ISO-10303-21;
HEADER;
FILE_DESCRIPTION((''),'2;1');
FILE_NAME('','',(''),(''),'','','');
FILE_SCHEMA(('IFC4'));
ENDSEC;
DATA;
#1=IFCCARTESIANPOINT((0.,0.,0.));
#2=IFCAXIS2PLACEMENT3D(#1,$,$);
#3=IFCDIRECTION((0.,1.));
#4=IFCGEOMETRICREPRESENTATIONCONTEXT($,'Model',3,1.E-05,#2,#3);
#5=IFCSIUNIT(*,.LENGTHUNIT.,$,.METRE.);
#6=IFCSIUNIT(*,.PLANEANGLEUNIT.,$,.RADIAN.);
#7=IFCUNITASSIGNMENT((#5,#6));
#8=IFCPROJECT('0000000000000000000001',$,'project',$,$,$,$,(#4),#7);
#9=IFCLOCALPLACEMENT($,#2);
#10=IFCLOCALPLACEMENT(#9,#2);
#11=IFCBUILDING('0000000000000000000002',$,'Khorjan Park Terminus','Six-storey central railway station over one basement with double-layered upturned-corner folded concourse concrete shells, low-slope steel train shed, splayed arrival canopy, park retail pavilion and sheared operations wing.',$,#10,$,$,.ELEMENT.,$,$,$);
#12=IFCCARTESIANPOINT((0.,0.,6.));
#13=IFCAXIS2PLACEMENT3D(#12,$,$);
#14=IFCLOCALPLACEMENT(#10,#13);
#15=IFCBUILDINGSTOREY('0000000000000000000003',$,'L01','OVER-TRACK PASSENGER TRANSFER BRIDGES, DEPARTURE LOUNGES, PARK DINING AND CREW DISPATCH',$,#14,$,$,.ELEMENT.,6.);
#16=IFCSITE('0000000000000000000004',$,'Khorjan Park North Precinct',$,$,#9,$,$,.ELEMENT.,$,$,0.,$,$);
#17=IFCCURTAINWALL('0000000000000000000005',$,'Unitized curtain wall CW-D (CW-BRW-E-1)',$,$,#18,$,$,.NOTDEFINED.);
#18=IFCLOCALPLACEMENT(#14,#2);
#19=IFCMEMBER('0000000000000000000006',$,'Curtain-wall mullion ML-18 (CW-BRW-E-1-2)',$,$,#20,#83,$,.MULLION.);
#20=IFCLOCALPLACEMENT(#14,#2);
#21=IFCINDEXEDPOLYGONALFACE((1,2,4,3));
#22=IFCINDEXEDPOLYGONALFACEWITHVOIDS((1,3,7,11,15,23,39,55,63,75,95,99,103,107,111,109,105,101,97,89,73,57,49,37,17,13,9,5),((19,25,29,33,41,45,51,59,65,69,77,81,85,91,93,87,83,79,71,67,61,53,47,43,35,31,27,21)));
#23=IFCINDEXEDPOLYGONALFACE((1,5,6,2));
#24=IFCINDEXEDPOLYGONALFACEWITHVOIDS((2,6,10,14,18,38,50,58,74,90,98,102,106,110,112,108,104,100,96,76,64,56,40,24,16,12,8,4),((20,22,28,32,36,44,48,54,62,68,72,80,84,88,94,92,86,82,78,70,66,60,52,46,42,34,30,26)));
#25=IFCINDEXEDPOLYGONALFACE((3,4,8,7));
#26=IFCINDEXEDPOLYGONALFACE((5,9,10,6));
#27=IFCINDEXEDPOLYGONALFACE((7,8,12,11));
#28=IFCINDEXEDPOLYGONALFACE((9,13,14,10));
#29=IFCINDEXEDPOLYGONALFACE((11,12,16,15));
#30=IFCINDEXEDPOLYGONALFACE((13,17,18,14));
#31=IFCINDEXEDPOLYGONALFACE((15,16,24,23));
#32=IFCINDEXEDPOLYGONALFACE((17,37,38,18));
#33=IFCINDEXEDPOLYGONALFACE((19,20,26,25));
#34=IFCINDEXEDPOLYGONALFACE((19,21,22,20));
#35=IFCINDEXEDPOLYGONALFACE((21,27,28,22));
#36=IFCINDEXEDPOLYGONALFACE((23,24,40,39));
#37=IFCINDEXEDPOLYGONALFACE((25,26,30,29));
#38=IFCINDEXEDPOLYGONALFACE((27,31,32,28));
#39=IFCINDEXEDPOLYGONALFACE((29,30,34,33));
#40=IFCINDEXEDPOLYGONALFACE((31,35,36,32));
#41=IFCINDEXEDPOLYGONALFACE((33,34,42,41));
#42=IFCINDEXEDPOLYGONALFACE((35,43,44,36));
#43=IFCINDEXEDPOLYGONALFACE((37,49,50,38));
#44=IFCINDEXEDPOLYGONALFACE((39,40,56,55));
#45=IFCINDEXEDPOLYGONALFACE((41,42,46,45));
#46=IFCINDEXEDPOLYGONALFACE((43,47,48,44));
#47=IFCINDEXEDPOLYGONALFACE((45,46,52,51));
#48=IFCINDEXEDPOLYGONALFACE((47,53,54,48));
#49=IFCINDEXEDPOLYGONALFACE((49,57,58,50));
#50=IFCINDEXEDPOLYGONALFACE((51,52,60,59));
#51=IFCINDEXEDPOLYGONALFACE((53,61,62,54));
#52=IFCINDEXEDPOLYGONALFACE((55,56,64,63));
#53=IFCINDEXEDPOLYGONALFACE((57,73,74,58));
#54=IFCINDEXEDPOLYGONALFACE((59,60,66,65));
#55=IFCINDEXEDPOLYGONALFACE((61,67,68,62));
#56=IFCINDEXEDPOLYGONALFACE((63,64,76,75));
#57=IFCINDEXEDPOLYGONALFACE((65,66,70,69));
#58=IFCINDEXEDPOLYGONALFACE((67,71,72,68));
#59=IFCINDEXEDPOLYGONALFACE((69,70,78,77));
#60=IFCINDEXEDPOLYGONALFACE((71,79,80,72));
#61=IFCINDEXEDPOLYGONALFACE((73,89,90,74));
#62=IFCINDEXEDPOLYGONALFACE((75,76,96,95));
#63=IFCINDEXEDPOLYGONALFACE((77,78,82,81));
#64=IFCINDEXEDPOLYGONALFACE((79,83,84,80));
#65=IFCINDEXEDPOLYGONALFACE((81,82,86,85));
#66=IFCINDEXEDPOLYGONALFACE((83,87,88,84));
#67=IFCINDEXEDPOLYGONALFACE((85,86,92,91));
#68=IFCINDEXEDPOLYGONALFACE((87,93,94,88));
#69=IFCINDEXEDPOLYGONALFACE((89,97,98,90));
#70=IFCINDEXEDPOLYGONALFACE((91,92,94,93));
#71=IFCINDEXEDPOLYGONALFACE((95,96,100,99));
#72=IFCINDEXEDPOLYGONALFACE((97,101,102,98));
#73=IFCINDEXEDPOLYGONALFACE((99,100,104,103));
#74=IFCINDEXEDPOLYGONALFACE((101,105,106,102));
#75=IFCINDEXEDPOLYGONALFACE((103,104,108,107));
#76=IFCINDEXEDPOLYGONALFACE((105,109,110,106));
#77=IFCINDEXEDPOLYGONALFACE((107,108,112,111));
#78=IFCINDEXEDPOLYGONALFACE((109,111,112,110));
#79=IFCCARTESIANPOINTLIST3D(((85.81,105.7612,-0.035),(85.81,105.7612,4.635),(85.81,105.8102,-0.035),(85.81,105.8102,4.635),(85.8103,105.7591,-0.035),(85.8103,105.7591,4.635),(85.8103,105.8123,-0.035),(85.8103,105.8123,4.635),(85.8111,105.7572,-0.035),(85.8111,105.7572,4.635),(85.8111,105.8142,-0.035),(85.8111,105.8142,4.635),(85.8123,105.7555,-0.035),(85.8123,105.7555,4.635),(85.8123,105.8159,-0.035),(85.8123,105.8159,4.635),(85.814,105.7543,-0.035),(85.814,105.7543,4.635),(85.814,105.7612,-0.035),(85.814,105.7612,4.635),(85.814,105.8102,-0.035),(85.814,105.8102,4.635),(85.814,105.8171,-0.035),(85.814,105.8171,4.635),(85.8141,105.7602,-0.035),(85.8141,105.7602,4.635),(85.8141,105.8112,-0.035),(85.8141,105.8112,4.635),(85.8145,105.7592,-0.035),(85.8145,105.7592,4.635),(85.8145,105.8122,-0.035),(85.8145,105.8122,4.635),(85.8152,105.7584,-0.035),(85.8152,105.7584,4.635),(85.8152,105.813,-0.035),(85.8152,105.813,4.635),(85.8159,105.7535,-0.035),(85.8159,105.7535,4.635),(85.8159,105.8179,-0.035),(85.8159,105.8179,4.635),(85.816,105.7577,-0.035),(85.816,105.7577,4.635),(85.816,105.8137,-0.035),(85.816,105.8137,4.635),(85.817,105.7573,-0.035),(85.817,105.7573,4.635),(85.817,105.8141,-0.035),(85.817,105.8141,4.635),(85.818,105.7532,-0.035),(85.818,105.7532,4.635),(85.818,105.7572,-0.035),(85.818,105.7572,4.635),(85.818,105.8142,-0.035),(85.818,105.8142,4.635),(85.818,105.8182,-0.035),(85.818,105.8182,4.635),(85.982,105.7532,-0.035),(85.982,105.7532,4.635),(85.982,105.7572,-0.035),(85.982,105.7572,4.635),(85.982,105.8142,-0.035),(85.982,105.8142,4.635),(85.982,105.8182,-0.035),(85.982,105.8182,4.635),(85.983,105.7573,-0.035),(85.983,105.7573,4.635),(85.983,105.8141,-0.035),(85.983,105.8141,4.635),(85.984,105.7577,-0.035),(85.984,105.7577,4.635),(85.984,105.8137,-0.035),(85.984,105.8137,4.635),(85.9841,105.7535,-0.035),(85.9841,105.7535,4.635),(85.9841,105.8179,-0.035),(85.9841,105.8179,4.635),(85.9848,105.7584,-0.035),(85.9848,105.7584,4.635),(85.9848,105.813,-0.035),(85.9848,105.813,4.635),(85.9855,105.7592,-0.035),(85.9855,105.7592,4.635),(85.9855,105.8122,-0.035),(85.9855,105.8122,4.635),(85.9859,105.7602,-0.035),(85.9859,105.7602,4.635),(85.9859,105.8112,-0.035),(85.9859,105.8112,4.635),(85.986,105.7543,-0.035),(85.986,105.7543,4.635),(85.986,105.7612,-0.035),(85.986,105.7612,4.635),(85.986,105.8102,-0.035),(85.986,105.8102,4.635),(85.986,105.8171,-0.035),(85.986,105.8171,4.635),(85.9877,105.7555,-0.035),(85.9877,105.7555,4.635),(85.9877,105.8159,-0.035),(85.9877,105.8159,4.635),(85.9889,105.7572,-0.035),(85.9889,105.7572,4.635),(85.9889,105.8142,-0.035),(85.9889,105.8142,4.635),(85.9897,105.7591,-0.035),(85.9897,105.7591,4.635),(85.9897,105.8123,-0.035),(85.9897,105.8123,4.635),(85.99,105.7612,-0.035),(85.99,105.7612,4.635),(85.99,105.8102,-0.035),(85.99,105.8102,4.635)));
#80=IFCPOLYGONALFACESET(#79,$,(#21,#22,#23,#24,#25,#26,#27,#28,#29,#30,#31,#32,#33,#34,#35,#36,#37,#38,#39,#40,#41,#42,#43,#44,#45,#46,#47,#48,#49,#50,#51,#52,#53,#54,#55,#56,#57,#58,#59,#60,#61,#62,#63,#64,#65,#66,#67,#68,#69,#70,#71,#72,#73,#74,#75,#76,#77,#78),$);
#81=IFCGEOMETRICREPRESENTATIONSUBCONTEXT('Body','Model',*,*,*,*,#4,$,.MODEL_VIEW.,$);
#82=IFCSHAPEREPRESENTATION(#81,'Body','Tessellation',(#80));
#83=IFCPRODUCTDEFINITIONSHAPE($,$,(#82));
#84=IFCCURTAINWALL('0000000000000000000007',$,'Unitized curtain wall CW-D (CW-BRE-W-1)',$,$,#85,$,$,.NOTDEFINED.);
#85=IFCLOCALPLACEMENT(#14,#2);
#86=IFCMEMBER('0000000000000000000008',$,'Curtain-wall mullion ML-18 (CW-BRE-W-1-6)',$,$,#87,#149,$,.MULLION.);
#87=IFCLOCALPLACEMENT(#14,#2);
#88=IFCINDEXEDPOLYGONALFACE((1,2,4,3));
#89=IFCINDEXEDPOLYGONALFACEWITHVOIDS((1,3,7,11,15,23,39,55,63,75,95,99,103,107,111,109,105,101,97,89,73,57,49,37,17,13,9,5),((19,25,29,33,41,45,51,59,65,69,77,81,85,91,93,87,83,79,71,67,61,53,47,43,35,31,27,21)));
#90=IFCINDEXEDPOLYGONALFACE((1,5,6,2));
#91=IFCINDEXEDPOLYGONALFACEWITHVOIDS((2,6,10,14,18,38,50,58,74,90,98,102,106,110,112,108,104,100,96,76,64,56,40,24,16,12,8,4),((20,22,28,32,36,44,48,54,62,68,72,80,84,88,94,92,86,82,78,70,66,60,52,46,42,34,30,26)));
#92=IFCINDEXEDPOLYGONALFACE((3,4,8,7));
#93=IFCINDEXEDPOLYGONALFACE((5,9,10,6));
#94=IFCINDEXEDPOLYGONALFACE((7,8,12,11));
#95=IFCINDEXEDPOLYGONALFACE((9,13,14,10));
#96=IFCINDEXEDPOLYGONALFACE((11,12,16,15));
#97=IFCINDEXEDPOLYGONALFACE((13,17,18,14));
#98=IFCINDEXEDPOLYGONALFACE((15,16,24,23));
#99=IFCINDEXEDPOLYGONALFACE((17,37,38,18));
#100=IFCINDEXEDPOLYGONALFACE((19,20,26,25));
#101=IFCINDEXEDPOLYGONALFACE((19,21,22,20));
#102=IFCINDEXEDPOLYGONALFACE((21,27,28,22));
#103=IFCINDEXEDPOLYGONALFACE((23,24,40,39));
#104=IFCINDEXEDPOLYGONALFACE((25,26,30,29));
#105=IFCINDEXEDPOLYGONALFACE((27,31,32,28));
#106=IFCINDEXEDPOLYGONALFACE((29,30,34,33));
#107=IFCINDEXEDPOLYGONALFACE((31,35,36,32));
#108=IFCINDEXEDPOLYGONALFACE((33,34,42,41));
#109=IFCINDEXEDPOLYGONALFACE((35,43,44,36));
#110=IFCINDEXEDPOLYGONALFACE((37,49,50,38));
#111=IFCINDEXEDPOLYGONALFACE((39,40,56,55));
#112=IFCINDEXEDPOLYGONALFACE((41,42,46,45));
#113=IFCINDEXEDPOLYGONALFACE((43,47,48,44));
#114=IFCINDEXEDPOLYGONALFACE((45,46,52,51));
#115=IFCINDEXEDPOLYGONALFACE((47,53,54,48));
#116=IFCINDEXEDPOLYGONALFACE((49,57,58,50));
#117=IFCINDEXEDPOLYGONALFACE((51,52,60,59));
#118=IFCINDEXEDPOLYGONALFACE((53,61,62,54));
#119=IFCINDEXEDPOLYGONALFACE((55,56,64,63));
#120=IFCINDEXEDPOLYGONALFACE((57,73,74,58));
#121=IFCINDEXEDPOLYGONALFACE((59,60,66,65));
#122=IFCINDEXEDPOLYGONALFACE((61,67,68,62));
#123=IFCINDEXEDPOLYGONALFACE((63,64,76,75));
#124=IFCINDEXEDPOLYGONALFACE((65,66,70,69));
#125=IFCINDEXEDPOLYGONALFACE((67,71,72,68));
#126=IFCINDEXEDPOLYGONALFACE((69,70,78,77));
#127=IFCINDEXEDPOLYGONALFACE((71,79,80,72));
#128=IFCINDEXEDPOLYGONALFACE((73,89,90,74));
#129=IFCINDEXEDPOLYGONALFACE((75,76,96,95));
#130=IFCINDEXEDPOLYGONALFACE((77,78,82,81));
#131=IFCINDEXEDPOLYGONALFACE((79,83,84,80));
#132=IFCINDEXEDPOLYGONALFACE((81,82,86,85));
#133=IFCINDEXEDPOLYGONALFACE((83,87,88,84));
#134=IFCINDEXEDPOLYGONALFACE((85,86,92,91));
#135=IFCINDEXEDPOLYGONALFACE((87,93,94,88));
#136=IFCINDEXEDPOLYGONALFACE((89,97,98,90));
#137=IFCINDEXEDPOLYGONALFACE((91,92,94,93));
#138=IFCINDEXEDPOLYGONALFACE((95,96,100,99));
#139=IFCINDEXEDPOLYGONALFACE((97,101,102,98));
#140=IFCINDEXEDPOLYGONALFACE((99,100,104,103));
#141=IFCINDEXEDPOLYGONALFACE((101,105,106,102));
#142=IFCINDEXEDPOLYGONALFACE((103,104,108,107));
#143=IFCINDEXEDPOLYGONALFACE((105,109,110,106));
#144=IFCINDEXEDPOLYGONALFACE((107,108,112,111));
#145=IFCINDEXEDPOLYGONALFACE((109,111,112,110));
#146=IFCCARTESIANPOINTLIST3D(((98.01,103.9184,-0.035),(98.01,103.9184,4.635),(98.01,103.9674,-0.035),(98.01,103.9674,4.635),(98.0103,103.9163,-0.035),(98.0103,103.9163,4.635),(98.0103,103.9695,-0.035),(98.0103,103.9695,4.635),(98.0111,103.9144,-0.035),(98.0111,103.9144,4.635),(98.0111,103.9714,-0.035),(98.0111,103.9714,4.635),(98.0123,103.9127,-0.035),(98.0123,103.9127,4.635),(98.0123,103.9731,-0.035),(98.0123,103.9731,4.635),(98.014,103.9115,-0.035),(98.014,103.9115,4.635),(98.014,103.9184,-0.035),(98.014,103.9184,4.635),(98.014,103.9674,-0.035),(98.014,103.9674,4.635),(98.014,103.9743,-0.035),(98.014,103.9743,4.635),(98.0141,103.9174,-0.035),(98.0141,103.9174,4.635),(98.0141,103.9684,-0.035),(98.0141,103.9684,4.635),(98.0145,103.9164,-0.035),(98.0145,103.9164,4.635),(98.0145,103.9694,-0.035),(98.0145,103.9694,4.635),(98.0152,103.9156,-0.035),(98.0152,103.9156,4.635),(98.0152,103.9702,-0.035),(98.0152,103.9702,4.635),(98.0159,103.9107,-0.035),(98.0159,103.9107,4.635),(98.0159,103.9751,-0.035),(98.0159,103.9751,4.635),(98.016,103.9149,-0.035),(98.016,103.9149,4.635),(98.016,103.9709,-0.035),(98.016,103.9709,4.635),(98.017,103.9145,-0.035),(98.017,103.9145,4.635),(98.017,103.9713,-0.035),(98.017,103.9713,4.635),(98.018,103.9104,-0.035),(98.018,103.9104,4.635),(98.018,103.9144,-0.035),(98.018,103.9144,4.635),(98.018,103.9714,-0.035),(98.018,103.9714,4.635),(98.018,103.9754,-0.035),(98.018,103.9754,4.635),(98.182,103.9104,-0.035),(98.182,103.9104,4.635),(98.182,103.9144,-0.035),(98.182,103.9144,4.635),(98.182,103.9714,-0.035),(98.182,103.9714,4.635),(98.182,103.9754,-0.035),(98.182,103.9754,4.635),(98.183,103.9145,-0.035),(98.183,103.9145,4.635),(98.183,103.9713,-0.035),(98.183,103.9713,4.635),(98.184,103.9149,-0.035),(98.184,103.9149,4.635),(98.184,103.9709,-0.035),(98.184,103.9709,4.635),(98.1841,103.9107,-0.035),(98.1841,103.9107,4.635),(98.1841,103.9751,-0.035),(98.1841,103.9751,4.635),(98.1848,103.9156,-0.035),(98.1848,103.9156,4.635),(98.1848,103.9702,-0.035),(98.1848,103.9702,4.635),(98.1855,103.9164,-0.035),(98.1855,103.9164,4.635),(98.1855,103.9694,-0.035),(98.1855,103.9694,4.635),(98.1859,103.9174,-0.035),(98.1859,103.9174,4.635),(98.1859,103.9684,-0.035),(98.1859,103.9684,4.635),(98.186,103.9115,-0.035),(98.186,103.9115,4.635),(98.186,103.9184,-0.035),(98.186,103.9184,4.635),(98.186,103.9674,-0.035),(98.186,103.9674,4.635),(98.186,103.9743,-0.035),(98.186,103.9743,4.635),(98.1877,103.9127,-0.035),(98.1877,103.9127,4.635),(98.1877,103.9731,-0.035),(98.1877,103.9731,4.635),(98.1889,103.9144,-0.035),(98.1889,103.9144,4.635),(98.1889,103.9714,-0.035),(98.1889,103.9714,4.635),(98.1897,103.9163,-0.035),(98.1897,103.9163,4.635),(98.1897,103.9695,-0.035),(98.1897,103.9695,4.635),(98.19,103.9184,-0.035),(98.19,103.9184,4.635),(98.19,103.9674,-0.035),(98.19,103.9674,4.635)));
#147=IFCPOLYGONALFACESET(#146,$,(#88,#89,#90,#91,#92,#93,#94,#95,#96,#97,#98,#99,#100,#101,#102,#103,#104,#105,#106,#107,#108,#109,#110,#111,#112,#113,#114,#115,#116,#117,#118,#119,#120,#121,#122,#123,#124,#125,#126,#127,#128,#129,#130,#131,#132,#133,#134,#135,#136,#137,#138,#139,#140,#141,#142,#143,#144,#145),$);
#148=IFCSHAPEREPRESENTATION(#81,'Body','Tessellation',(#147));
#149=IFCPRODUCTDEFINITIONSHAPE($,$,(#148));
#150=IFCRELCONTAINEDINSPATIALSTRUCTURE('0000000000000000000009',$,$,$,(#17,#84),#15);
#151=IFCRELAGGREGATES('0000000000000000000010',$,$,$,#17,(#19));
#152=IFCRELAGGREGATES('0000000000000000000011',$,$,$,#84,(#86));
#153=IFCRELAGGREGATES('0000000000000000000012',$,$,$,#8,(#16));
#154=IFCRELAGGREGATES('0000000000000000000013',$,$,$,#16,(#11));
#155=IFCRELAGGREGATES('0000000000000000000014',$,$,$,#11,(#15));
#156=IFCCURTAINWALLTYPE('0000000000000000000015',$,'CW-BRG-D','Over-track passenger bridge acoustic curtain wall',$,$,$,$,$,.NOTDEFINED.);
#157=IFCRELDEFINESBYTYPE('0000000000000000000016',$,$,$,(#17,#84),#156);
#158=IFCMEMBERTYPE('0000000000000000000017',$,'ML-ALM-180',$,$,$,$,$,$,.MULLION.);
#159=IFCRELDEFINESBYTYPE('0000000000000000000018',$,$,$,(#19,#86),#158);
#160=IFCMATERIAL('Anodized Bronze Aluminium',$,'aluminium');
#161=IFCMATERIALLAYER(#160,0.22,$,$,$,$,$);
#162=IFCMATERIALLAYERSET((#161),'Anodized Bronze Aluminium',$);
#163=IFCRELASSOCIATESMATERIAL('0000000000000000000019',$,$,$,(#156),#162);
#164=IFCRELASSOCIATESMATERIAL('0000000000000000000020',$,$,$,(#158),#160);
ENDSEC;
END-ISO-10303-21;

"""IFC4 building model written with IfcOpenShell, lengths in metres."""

from ifc_helpers import new_model, si_unit, direction, frame, origin, origin_2d, place, context, subcontext, project, spatial, hollow_rectangle, extrude, material, layer, layer_set, material_profile, profile_set, type_object, element, aggregate, save


model = new_model("IFC4")

# Units and contexts
model_context = context("Model", 3, precision=1e-05, world=origin(), true_north=direction((0.0, 1.0)))
body_context = subcontext(model_context, "Body", "Model", "MODEL_VIEW")
ifc_project = project(units=[si_unit("LENGTHUNIT", "METRE"), si_unit("PLANEANGLEUNIT", "RADIAN")], contexts=[model_context])

# Site, building, storey
site_placement = place(None, origin())
site = spatial("IfcSite", under=ifc_project, at=site_placement, Name="Khorjan Park North Precinct", CompositionType="ELEMENT", RefElevation=0.0)
building_placement = place(site_placement, origin())
building = spatial("IfcBuilding", under=site, at=building_placement, Name="Khorjan Park Terminus", Description="Six-storey central railway station over one basement with double-layered upturned-corner folded concourse concrete shells, low-slope steel train shed, splayed arrival canopy, park retail pavilion and sheared operations wing.", CompositionType="ELEMENT")
storey_placement = place(building_placement, frame((0.0, 0.0, 6.0)))
storey = spatial("IfcBuildingStorey", under=building, at=storey_placement, Name="L01", Description="OVER-TRACK PASSENGER TRANSFER BRIDGES, DEPARTURE LOUNGES, PARK DINING AND CREW DISPATCH", CompositionType="ELEMENT", Elevation=6.0)

# Curtain walls, members
ifc_material_1 = material(Name="Anodized Bronze Aluminium", Category="aluminium")
ifc_layer_1 = layer(ifc_material_1, 0.22)
ifc_layer_set_1 = layer_set([ifc_layer_1], Name="Anodized Bronze Aluminium")
curtain_wall_type = type_object("IfcCurtainWallType", Name="CW-BRG-D", Description="Over-track passenger bridge acoustic curtain wall", PredefinedType="NOTDEFINED", material=ifc_layer_set_1)
curtain_wall_1_placement = place(storey_placement, origin())
curtain_wall_1 = element("IfcCurtainWall", 1, at=curtain_wall_1_placement, inside=storey, type_object=curtain_wall_type, Name="Unitized curtain wall CW-D (CW-BRW-E-1)", PredefinedType="NOTDEFINED")
ifc_material_profile_1 = material_profile(ifc_material_1, hollow_rectangle(XDim=0.065, YDim=0.18, WallThickness=0.004, InnerFilletRadius=0.004, OuterFilletRadius=0.008, at=origin_2d()), Name="ALM 65x180x4")
ifc_profile_set_1 = profile_set([ifc_material_profile_1], Name="Anodized Bronze Aluminium")
member_type_1 = type_object("IfcMemberType", Name="ML-ALM-180", PredefinedType="MULLION", material=ifc_profile_set_1)
member_1_placement = place(storey_placement, frame((85.9, 105.7857, -0.035), z_axis=(0.0, 0.0, 1.0), x_axis=(0.0, 1.0, 0.0)))
member_1 = element("IfcMember", 2, at=member_1_placement, type_object=member_type_1, Name="Curtain-wall mullion ML-18 (CW-BRW-E-1-2)", PredefinedType="MULLION", context=body_context, shape_type="SweptSolid", body=[
    extrude(hollow_rectangle(XDim=0.065, YDim=0.18, WallThickness=0.004, InnerFilletRadius=0.004, OuterFilletRadius=0.008, at=origin_2d()), origin(), (0.0, 0.0, 1.0), 4.67),
])
curtain_wall_2_placement = place(storey_placement, origin())
curtain_wall_2 = element("IfcCurtainWall", 3, at=curtain_wall_2_placement, inside=storey, type_object=curtain_wall_type, Name="Unitized curtain wall CW-D (CW-BRE-W-1)", PredefinedType="NOTDEFINED")
member_2_placement = place(storey_placement, frame((98.1, 103.9429, -0.035), z_axis=(0.0, 0.0, 1.0), x_axis=(0.0, -1.0, 0.0)))
member_2 = element("IfcMember", 4, at=member_2_placement, type_object=member_type_1, Name="Curtain-wall mullion ML-18 (CW-BRE-W-1-6)", PredefinedType="MULLION", context=body_context, shape_type="SweptSolid", body=[
    extrude(hollow_rectangle(XDim=0.065, YDim=0.18, WallThickness=0.004, InnerFilletRadius=0.004, OuterFilletRadius=0.008, at=origin_2d()), origin(), (0.0, 0.0, 1.0), 4.67),
])

aggregate(curtain_wall_1, [member_1])
aggregate(curtain_wall_2, [member_2])

save(model, "model.ifc")
